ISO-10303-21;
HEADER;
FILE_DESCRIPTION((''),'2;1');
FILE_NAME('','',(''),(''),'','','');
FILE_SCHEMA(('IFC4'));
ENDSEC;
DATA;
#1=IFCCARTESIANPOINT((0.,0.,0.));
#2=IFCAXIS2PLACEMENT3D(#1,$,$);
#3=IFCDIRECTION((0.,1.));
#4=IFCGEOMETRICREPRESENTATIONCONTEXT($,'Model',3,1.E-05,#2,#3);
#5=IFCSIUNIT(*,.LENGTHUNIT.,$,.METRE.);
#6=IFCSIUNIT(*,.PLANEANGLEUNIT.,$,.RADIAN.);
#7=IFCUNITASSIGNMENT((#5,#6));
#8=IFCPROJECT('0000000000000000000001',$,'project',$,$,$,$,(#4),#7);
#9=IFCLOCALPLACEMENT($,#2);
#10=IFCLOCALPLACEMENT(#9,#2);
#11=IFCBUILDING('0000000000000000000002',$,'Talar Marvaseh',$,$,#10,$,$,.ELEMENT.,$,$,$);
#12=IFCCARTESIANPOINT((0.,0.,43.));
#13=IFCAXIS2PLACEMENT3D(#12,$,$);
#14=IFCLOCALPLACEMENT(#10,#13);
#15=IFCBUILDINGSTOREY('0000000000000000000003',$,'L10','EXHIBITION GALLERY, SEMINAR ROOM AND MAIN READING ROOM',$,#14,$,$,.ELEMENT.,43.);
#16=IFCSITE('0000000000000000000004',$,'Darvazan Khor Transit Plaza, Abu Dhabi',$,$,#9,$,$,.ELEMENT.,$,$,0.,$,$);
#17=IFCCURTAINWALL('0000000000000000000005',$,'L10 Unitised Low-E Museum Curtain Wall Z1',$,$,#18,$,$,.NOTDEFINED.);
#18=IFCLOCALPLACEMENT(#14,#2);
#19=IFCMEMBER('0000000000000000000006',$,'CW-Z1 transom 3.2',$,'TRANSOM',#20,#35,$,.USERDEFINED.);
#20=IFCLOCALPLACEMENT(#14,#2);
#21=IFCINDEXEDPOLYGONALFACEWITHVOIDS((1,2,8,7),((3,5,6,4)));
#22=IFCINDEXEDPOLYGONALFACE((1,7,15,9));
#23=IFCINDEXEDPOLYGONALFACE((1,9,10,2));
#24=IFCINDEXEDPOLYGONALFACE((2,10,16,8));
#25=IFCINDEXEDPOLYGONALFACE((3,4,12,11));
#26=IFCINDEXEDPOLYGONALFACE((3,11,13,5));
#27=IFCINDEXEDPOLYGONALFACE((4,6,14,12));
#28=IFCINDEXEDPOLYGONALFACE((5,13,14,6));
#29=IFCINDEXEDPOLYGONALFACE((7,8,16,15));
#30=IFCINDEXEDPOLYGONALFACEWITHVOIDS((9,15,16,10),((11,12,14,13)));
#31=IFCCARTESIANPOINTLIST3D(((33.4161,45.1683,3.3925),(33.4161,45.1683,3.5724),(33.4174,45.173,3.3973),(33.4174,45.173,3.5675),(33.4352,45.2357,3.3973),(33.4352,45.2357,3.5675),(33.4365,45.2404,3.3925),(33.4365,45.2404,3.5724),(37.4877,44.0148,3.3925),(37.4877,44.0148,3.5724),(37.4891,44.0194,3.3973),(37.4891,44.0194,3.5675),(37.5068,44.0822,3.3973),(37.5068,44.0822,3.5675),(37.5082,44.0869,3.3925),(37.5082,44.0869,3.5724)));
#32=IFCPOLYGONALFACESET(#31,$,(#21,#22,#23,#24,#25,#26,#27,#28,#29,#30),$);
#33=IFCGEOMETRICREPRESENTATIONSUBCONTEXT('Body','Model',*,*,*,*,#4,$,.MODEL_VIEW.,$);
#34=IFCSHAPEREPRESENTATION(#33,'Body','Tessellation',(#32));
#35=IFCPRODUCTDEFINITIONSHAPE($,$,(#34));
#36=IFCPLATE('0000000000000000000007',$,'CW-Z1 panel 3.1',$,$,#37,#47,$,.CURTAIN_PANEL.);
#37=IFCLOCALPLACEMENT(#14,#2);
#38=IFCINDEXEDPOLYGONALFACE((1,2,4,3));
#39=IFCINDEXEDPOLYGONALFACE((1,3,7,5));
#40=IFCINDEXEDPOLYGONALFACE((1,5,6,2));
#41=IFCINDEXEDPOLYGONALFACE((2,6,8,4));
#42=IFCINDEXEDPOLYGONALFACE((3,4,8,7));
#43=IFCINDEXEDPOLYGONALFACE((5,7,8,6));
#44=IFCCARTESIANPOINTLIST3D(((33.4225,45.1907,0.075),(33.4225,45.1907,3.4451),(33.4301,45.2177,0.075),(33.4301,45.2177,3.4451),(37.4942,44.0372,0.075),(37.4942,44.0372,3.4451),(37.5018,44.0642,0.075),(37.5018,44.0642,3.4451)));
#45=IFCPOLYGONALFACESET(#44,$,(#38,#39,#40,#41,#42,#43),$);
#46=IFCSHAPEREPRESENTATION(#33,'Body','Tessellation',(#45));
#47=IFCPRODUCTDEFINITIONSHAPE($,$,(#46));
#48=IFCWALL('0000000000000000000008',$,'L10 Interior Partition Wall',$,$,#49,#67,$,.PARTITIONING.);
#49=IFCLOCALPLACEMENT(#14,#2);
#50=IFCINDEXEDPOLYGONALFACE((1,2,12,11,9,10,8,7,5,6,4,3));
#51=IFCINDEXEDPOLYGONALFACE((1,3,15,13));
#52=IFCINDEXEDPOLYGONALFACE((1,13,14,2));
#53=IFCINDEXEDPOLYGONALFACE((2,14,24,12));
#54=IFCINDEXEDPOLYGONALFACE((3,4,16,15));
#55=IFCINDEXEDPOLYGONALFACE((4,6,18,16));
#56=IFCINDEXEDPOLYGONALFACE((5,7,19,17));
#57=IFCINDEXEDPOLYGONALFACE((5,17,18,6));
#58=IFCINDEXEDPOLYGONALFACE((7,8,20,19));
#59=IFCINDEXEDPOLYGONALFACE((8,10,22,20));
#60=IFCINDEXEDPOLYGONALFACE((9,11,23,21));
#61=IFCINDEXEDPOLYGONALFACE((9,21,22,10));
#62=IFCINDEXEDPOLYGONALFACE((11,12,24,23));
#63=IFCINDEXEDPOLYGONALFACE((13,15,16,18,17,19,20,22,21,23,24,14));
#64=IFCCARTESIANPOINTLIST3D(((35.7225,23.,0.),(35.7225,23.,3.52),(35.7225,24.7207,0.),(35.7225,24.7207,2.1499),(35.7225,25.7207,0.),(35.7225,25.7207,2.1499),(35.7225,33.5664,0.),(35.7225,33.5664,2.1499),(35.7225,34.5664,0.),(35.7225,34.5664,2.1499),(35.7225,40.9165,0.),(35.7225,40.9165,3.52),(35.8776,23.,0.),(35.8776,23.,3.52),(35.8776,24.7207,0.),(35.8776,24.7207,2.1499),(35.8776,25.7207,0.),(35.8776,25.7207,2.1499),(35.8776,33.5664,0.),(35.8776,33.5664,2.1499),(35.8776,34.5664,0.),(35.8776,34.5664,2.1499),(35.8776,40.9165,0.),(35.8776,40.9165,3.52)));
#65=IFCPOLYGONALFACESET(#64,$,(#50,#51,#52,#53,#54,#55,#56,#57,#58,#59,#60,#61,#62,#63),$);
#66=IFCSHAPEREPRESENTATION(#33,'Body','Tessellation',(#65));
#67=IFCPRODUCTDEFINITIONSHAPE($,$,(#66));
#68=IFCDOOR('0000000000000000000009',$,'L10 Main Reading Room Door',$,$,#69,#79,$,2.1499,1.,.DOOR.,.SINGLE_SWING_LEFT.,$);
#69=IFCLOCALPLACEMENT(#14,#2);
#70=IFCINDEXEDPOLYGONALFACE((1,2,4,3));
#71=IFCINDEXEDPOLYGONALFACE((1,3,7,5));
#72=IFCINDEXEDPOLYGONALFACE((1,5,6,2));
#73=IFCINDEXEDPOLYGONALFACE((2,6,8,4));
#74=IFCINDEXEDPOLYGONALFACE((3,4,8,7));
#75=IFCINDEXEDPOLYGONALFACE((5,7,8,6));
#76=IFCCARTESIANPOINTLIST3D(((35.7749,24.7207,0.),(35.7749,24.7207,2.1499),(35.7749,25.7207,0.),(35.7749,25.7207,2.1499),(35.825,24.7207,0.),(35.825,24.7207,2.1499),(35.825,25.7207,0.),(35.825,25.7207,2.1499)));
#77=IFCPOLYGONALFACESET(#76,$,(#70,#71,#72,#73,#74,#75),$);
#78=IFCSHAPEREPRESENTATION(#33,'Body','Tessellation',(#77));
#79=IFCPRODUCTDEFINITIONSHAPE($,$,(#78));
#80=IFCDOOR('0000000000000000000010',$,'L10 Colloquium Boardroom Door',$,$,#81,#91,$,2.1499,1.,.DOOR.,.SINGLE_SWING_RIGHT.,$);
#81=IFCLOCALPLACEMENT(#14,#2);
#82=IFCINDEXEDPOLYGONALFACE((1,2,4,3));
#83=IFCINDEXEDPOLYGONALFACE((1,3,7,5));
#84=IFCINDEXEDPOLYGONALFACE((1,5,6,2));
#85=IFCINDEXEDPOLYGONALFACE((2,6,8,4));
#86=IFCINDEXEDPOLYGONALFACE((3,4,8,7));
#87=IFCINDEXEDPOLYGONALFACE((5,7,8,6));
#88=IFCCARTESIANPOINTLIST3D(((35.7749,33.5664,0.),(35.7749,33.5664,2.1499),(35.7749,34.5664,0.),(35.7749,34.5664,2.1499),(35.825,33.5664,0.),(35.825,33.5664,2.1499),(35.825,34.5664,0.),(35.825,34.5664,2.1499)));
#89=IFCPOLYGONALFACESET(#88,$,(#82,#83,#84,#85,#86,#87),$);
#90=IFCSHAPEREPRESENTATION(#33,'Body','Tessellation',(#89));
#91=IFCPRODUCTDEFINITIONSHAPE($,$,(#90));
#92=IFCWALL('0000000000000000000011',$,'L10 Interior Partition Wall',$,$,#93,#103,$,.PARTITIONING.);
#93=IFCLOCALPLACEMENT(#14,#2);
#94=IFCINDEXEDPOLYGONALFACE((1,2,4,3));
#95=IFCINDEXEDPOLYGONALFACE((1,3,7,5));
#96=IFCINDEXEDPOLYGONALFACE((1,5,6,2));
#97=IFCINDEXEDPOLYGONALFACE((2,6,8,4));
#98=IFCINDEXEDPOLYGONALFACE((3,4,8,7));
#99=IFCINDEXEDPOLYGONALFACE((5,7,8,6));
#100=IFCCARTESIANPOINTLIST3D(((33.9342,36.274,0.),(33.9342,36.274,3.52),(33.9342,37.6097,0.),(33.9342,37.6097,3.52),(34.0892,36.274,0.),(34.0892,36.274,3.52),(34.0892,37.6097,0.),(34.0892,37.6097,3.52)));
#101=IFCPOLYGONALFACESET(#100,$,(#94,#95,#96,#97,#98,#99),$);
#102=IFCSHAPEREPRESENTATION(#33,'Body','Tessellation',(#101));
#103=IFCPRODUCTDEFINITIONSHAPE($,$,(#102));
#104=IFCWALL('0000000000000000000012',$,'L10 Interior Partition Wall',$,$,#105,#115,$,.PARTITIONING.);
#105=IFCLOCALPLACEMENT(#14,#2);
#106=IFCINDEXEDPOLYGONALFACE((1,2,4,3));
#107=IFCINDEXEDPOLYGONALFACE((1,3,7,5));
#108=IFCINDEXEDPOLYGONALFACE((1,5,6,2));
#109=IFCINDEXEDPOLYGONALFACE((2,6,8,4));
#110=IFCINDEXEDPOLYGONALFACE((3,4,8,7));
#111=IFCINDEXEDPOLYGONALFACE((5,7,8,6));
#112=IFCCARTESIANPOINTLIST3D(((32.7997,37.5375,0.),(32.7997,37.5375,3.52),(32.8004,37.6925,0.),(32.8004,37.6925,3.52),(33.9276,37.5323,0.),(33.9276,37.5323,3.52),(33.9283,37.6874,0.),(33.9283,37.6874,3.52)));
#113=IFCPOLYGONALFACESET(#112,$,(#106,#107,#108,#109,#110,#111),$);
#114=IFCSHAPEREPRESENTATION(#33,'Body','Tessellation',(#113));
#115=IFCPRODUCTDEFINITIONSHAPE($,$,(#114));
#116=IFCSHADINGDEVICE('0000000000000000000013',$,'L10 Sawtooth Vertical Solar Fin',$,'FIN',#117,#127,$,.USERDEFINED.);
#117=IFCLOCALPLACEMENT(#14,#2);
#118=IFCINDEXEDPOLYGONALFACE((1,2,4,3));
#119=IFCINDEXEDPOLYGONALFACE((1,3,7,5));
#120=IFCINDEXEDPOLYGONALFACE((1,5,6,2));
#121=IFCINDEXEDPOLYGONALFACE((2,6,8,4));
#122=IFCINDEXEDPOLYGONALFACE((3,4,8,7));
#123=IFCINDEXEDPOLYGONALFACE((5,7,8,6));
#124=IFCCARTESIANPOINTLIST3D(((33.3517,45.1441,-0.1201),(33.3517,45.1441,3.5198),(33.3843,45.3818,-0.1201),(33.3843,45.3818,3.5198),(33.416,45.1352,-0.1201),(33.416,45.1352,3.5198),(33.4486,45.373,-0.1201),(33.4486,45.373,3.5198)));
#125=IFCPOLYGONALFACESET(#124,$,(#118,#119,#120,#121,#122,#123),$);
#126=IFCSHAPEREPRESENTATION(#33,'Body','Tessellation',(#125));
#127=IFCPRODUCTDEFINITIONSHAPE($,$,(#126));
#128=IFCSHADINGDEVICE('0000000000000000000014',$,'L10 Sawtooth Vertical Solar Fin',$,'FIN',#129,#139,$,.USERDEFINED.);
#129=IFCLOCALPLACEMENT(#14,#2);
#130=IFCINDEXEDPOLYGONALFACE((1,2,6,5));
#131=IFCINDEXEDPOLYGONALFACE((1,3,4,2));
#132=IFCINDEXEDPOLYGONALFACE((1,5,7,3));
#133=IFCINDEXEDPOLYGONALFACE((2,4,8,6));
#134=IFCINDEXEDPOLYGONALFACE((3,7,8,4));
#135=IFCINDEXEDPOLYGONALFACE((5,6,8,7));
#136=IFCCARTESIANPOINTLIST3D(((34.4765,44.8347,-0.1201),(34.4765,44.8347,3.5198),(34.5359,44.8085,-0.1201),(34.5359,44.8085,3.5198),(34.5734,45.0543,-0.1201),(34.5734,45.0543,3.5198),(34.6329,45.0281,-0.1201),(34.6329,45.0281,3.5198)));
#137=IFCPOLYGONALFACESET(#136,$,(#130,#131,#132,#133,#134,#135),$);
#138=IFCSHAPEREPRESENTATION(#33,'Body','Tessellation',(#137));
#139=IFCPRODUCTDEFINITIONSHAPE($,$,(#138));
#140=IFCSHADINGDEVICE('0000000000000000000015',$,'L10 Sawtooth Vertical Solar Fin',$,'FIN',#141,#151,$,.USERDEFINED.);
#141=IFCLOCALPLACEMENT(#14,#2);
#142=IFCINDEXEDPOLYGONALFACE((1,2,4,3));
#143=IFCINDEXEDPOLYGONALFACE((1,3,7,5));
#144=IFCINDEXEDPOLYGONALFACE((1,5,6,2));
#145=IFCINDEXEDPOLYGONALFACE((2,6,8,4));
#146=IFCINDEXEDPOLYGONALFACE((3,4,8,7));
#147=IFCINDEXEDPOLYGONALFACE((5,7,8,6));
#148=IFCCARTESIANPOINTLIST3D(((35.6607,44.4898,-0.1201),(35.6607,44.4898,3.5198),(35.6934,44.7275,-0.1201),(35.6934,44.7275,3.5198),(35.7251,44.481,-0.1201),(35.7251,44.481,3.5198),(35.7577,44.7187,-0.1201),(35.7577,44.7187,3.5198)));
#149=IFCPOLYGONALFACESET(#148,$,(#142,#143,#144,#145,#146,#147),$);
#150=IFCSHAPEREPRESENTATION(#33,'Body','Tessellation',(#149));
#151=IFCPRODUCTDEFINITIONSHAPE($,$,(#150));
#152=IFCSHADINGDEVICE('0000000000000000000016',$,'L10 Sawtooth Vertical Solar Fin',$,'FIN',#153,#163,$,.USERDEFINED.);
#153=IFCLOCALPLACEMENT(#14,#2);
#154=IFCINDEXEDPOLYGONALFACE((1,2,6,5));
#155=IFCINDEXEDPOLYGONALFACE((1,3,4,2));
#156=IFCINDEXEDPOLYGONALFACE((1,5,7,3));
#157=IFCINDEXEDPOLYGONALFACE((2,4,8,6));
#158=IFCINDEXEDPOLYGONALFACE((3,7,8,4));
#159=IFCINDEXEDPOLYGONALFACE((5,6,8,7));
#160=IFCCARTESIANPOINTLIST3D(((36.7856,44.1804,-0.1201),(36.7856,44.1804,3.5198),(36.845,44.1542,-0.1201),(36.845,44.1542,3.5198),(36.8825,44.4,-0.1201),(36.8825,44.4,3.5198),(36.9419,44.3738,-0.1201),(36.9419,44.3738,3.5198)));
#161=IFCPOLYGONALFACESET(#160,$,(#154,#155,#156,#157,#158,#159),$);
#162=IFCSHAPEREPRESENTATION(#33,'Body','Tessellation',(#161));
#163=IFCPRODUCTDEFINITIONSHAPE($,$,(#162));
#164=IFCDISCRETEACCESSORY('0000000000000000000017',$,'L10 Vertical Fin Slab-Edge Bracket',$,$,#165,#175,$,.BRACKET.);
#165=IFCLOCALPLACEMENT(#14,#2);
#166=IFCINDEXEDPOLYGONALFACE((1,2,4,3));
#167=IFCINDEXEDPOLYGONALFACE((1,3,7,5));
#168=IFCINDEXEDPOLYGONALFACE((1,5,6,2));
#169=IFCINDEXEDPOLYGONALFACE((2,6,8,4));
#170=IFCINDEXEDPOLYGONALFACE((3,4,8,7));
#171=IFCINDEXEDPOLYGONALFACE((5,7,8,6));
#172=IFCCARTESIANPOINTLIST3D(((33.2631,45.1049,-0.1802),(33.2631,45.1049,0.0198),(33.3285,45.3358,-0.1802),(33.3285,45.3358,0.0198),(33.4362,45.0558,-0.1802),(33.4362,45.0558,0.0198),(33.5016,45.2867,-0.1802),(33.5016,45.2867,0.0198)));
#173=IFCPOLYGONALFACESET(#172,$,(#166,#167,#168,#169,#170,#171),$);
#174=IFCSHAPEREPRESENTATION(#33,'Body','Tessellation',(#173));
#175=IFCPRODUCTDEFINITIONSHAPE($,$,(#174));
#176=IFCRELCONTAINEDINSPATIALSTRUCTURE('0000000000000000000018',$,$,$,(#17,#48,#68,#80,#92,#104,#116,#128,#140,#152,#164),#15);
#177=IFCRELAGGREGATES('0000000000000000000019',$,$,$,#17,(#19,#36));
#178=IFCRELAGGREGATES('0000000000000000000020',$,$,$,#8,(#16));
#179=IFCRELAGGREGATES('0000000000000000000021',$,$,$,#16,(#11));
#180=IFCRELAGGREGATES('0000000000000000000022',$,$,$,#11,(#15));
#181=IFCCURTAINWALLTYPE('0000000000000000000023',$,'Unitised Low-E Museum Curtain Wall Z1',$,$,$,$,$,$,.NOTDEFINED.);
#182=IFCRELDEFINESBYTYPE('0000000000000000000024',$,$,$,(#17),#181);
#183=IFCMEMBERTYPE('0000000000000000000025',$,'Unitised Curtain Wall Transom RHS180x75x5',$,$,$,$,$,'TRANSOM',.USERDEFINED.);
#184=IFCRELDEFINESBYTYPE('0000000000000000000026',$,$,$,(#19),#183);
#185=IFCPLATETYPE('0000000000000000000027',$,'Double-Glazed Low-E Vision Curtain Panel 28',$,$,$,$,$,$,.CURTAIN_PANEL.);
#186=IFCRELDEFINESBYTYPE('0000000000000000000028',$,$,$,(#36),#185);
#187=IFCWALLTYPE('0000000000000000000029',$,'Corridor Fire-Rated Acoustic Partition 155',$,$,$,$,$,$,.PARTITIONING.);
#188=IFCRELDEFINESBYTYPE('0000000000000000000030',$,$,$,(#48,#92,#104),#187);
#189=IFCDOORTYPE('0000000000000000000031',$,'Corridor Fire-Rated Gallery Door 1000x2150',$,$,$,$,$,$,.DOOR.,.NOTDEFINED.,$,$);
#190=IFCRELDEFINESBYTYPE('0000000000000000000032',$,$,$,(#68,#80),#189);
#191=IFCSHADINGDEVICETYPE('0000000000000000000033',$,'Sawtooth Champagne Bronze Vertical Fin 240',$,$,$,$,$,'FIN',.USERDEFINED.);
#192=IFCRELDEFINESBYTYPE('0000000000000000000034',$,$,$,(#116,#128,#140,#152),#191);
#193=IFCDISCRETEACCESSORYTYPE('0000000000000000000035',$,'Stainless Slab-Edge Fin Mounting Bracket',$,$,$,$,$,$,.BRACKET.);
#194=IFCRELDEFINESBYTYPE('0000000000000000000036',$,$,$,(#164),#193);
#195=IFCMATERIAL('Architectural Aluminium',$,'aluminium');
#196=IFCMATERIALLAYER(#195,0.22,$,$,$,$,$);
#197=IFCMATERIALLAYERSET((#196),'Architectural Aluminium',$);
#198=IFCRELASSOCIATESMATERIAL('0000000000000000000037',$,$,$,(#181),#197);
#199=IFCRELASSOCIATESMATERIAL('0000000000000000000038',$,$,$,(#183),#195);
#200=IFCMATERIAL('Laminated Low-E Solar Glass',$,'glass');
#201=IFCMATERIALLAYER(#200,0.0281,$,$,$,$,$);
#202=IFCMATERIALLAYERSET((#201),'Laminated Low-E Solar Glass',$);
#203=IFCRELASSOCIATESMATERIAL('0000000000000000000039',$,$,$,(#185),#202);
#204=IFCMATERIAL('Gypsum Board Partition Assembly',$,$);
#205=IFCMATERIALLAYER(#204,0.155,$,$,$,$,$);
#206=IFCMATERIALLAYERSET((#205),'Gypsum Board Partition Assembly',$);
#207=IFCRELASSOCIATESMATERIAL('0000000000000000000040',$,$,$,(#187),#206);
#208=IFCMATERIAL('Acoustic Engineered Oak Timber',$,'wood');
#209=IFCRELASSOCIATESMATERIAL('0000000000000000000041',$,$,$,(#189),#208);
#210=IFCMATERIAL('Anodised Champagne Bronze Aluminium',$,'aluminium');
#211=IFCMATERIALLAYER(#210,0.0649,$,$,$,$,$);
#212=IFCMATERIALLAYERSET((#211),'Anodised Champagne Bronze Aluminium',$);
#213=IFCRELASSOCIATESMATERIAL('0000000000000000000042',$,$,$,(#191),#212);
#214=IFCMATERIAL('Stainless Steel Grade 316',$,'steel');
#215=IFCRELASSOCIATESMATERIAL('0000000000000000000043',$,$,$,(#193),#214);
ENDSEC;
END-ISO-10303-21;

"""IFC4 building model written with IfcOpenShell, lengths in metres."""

from ifc_helpers import new_model, si_unit, direction, frame, frame_2d, origin, origin_2d, place, context, subcontext, project, spatial, rectangle, hollow_rectangle, extrude, source, transform, mapped, material, layer, layer_set, material_profile, profile_set, type_object, type_shapes, element, fill, aggregate, save


model = new_model("IFC4")

# Units and contexts
model_context = context("Model", 3, precision=1e-05, world=origin(), true_north=direction((0.0, 1.0)))
body_context = subcontext(model_context, "Body", "Model", "MODEL_VIEW")
ifc_project = project(units=[si_unit("LENGTHUNIT", "METRE"), si_unit("PLANEANGLEUNIT", "RADIAN")], contexts=[model_context])

# Site, building, storey
site_placement = place(None, origin())
site = spatial("IfcSite", under=ifc_project, at=site_placement, Name="Darvazan Khor Transit Plaza, Abu Dhabi", CompositionType="ELEMENT", RefElevation=0.0)
building_placement = place(site_placement, origin())
building = spatial("IfcBuilding", under=site, at=building_placement, Name="Talar Marvaseh", CompositionType="ELEMENT")
storey_placement = place(building_placement, frame((0.0, 0.0, 43.0)))
storey = spatial("IfcBuildingStorey", under=building, at=storey_placement, Name="L10", Description="EXHIBITION GALLERY, SEMINAR ROOM AND MAIN READING ROOM", CompositionType="ELEMENT", Elevation=43.0)

# Curtain wall, member, plate
ifc_material_1 = material(Name="Architectural Aluminium", Category="aluminium")
ifc_layer_1 = layer(ifc_material_1, 0.22)
ifc_layer_set_1 = layer_set([ifc_layer_1], Name="Architectural Aluminium")
curtain_wall_type = type_object("IfcCurtainWallType", Name="Unitised Low-E Museum Curtain Wall Z1", PredefinedType="NOTDEFINED", material=ifc_layer_set_1)
curtain_wall_placement = place(storey_placement, origin())
curtain_wall = element("IfcCurtainWall", 1, at=curtain_wall_placement, inside=storey, type_object=curtain_wall_type, Name="L10 Unitised Low-E Museum Curtain Wall Z1", PredefinedType="NOTDEFINED")
ifc_material_profile_1 = material_profile(ifc_material_1, hollow_rectangle(XDim=0.075, YDim=0.1799, WallThickness=0.0049, at=origin_2d()), Name="RHS180x75x5")
ifc_profile_set_1 = profile_set([ifc_material_profile_1], Name="Architectural Aluminium")
member_type_1 = type_object("IfcMemberType", Name="Unitised Curtain Wall Transom RHS180x75x5", ElementType="TRANSOM", PredefinedType="USERDEFINED", material=ifc_profile_set_1)
shared_shape_1 = source(origin(), body_context, "Body", "SweptSolid", [
    extrude(hollow_rectangle(XDim=0.075, YDim=0.1799, WallThickness=0.0049, at=origin_2d()), origin(), (0.0, 0.0, 1.0), 4.2319),
])
member_1_placement = place(storey_placement, frame((33.4263, 45.2043, 3.4824), z_axis=(0.962133, -0.272579, 0.0), x_axis=(0.272579, 0.962133, 0.0)))
member_1 = element("IfcMember", 2, at=member_1_placement, type_object=member_type_1, Name="CW-Z1 transom 3.2", ObjectType="TRANSOM", PredefinedType="USERDEFINED", context=body_context, shape_type="MappedRepresentation", body=[
    mapped(shared_shape_1, transform((0.0, 0.0, 0.0), x_axis=(1.0, 0.0, 0.0), y_axis=(0.0, 1.0, 0.0), z_axis=(0.0, 0.0, 1.0), scale=1.0)),
])
ifc_material_2 = material(Name="Laminated Low-E Solar Glass", Category="glass")
ifc_layer_2 = layer(ifc_material_2, 0.0281)
ifc_layer_set_2 = layer_set([ifc_layer_2], Name="Laminated Low-E Solar Glass")
plate_type = type_object("IfcPlateType", Name="Double-Glazed Low-E Vision Curtain Panel 28", PredefinedType="CURTAIN_PANEL", material=ifc_layer_set_2)
shared_shape_2 = source(origin(), body_context, "Body", "SweptSolid", [
    extrude(rectangle(XDim=4.2319, YDim=0.0281, at=origin_2d()), origin(), (0.0, 0.0, 1.0), 3.3701),
])
type_shapes(plate_type, [shared_shape_2])
plate_placement = place(storey_placement, frame((35.4622, 44.6274, 0.075), z_axis=(0.0, 0.0, 1.0), x_axis=(0.962134, -0.272579, 0.0)))
plate = element("IfcPlate", 3, at=plate_placement, type_object=plate_type, Name="CW-Z1 panel 3.1", PredefinedType="CURTAIN_PANEL", context=body_context, shape_type="MappedRepresentation", body=[
    mapped(shared_shape_2, transform((0.0, 0.0, 0.0), x_axis=(1.0, 0.0, 0.0), y_axis=(0.0, 1.0, 0.0), z_axis=(0.0, 0.0, 1.0), scale=1.0)),
])
aggregate(curtain_wall, [member_1, plate])

# Wall, openings, doors
ifc_material_3 = material(Name="Gypsum Board Partition Assembly")
ifc_layer_3 = layer(ifc_material_3, 0.155)
ifc_layer_set_3 = layer_set([ifc_layer_3], Name="Gypsum Board Partition Assembly")
wall_type = type_object("IfcWallType", Name="Corridor Fire-Rated Acoustic Partition 155", PredefinedType="PARTITIONING", material=ifc_layer_set_3)
wall_1_placement = place(storey_placement, frame((35.8, 40.9165, 0.0), z_axis=(0.0, 0.0, 1.0), x_axis=(0.0, -1.0, 0.0)))
wall_1 = element("IfcWall", 4, at=wall_1_placement, inside=storey, type_object=wall_type, Name="L10 Interior Partition Wall", PredefinedType="PARTITIONING", context=body_context, shape_type="SweptSolid", body=[
    extrude(rectangle(XDim=17.9165, YDim=0.155, at=frame_2d((8.9583, 0.0))), origin(), (0.0, 0.0, 1.0), 3.52),
])
opening_1_placement = place(wall_1_placement, frame((15.1958, 0.0, 0.0)))
opening_1 = element("IfcOpeningElement", 5, at=opening_1_placement, cuts=wall_1, PredefinedType="OPENING", context=body_context, shape_type="SweptSolid", body=[
    extrude(rectangle(XDim=1.0, YDim=2.1499, at=frame_2d((0.5, 1.075))), frame((0.0, 0.0874, 0.0), z_axis=(0.0, -1.0, 0.0), x_axis=(1.0, 0.0, 0.0)), (0.0, 0.0, 1.0), 0.175),
])
opening_2_placement = place(wall_1_placement, frame((6.3501, 0.0, 0.0)))
opening_2 = element("IfcOpeningElement", 6, at=opening_2_placement, cuts=wall_1, PredefinedType="OPENING", context=body_context, shape_type="SweptSolid", body=[
    extrude(rectangle(XDim=1.0, YDim=2.1499, at=frame_2d((0.5, 1.075))), frame((0.0, 0.0874, 0.0), z_axis=(0.0, -1.0, 0.0), x_axis=(1.0, 0.0, 0.0)), (0.0, 0.0, 1.0), 0.175),
])
ifc_material_4 = material(Name="Acoustic Engineered Oak Timber", Category="wood")
door_type = type_object("IfcDoorType", Name="Corridor Fire-Rated Gallery Door 1000x2150", OperationType="NOTDEFINED", PredefinedType="DOOR", material=ifc_material_4)
shared_shape_3 = source(origin(), body_context, "Body", "SweptSolid", [
    extrude(rectangle(XDim=1.0, YDim=2.1499, at=frame_2d((0.5, 1.075))), frame((0.0, 0.0249, 0.0), z_axis=(0.0, -1.0, 0.0), x_axis=(1.0, 0.0, 0.0)), (0.0, 0.0, 1.0), 0.05),
])
type_shapes(door_type, [shared_shape_3])
door_1_placement = place(opening_1_placement, origin())
door_1 = element("IfcDoor", 7, at=door_1_placement, inside=storey, type_object=door_type, Name="L10 Main Reading Room Door", OperationType="SINGLE_SWING_LEFT", OverallHeight=2.1499, OverallWidth=1.0, PredefinedType="DOOR", context=body_context, shape_type="MappedRepresentation", body=[
    mapped(shared_shape_3, transform((0.0, 0.0, 0.0), x_axis=(1.0, 0.0, 0.0), y_axis=(0.0, 1.0, 0.0), z_axis=(0.0, 0.0, 1.0), scale=1.0)),
])
fill(opening_1, door_1)
door_2_placement = place(opening_2_placement, origin())
door_2 = element("IfcDoor", 8, at=door_2_placement, inside=storey, type_object=door_type, Name="L10 Colloquium Boardroom Door", OperationType="SINGLE_SWING_RIGHT", OverallHeight=2.1499, OverallWidth=1.0, PredefinedType="DOOR", context=body_context, shape_type="MappedRepresentation", body=[
    mapped(shared_shape_3, transform((0.0, 0.0, 0.0), x_axis=(1.0, 0.0, 0.0), y_axis=(0.0, 1.0, 0.0), z_axis=(0.0, 0.0, 1.0), scale=1.0)),
])
fill(opening_2, door_2)

# Walls
wall_2_placement = place(storey_placement, frame((34.0117, 36.2739, 0.0), z_axis=(0.0, 0.0, 1.0), x_axis=(0.0, 1.0, 0.0)))
element("IfcWall", 9, at=wall_2_placement, inside=storey, type_object=wall_type, Name="L10 Interior Partition Wall", PredefinedType="PARTITIONING", context=body_context, shape_type="SweptSolid", body=[
    extrude(rectangle(XDim=1.3357, YDim=0.155, at=frame_2d((0.668, 0.0))), origin(), (0.0, 0.0, 1.0), 3.52),
])
wall_3_placement = place(storey_placement, frame((33.928, 37.6099, 0.0), z_axis=(0.0, 0.0, 1.0), x_axis=(-0.99999, 0.004545, 0.0)))
element("IfcWall", 10, at=wall_3_placement, inside=storey, type_object=wall_type, Name="L10 Interior Partition Wall", PredefinedType="PARTITIONING", context=body_context, shape_type="SweptSolid", body=[
    extrude(rectangle(XDim=1.1279, YDim=0.155, at=frame_2d((0.564, 0.0))), origin(), (0.0, 0.0, 1.0), 3.52),
])

# Shading devices
ifc_material_5 = material(Name="Anodised Champagne Bronze Aluminium", Category="aluminium")
ifc_layer_4 = layer(ifc_material_5, 0.0649)
ifc_layer_set_4 = layer_set([ifc_layer_4], Name="Anodised Champagne Bronze Aluminium")
shading_device_type = type_object("IfcShadingDeviceType", Name="Sawtooth Champagne Bronze Vertical Fin 240", ElementType="FIN", PredefinedType="USERDEFINED", material=ifc_layer_set_4)
shared_shape_4 = source(origin(), body_context, "Body", "SweptSolid", [
    extrude(rectangle(XDim=0.24, YDim=0.0649, at=origin_2d()), origin(), (0.0, 0.0, 1.0), 3.6399),
])
type_shapes(shading_device_type, [shared_shape_4])
for number, where, z_axis, x_axis, name in (
    (11, (33.4001, 45.2585, -0.1201), (0.0, 0.0, 1.0), (0.136061, 0.9907, 0.0), "L10 Sawtooth Vertical Solar Fin"),
    (12, (34.5547, 44.9314, -0.1201), (0.0, 0.0, 1.0), (0.403865, 0.914819, 0.0), "L10 Sawtooth Vertical Solar Fin"),
    (13, (35.7092, 44.6042, -0.1201), (0.0, 0.0, 1.0), (0.136061, 0.9907, 0.0), "L10 Sawtooth Vertical Solar Fin"),
    (14, (36.8638, 44.2771, -0.1201), (0.0, 0.0, 1.0), (0.403865, 0.914819, 0.0), "L10 Sawtooth Vertical Solar Fin"),
):
    element("IfcShadingDevice", number, at=place(storey_placement, frame(where, z_axis=z_axis, x_axis=x_axis)), inside=storey, type_object=shading_device_type, Name=name, ObjectType="FIN", PredefinedType="USERDEFINED", context=body_context, shape_type="MappedRepresentation", body=[
        mapped(shared_shape_4, transform((0.0, 0.0, 0.0), x_axis=(1.0, 0.0, 0.0), y_axis=(0.0, 1.0, 0.0), z_axis=(0.0, 0.0, 1.0), scale=1.0)),
    ])

# Discrete accessory
ifc_material_6 = material(Name="Stainless Steel Grade 316", Category="steel")
discrete_accessory_type = type_object("IfcDiscreteAccessoryType", Name="Stainless Slab-Edge Fin Mounting Bracket", PredefinedType="BRACKET", material=ifc_material_6)
shared_shape_5 = source(origin(), body_context, "Body", "SweptSolid", [
    extrude(rectangle(XDim=0.24, YDim=0.1799, at=origin_2d()), origin(), (0.0, 0.0, 1.0), 0.2),
])
type_shapes(discrete_accessory_type, [shared_shape_5])
for number, where, z_axis, x_axis, name in (
    (15, (33.3823, 45.1958, -0.1802), (0.0, 0.0, 1.0), (0.272616, 0.962123, 0.0), "L10 Vertical Fin Slab-Edge Bracket"),
):
    element("IfcDiscreteAccessory", number, at=place(storey_placement, frame(where, z_axis=z_axis, x_axis=x_axis)), inside=storey, type_object=discrete_accessory_type, Name=name, PredefinedType="BRACKET", context=body_context, shape_type="MappedRepresentation", body=[
        mapped(shared_shape_5, transform((0.0, 0.0, 0.0), x_axis=(1.0, 0.0, 0.0), y_axis=(0.0, 1.0, 0.0), z_axis=(0.0, 0.0, 1.0), scale=1.0)),
    ])

save(model, "model.ifc")
